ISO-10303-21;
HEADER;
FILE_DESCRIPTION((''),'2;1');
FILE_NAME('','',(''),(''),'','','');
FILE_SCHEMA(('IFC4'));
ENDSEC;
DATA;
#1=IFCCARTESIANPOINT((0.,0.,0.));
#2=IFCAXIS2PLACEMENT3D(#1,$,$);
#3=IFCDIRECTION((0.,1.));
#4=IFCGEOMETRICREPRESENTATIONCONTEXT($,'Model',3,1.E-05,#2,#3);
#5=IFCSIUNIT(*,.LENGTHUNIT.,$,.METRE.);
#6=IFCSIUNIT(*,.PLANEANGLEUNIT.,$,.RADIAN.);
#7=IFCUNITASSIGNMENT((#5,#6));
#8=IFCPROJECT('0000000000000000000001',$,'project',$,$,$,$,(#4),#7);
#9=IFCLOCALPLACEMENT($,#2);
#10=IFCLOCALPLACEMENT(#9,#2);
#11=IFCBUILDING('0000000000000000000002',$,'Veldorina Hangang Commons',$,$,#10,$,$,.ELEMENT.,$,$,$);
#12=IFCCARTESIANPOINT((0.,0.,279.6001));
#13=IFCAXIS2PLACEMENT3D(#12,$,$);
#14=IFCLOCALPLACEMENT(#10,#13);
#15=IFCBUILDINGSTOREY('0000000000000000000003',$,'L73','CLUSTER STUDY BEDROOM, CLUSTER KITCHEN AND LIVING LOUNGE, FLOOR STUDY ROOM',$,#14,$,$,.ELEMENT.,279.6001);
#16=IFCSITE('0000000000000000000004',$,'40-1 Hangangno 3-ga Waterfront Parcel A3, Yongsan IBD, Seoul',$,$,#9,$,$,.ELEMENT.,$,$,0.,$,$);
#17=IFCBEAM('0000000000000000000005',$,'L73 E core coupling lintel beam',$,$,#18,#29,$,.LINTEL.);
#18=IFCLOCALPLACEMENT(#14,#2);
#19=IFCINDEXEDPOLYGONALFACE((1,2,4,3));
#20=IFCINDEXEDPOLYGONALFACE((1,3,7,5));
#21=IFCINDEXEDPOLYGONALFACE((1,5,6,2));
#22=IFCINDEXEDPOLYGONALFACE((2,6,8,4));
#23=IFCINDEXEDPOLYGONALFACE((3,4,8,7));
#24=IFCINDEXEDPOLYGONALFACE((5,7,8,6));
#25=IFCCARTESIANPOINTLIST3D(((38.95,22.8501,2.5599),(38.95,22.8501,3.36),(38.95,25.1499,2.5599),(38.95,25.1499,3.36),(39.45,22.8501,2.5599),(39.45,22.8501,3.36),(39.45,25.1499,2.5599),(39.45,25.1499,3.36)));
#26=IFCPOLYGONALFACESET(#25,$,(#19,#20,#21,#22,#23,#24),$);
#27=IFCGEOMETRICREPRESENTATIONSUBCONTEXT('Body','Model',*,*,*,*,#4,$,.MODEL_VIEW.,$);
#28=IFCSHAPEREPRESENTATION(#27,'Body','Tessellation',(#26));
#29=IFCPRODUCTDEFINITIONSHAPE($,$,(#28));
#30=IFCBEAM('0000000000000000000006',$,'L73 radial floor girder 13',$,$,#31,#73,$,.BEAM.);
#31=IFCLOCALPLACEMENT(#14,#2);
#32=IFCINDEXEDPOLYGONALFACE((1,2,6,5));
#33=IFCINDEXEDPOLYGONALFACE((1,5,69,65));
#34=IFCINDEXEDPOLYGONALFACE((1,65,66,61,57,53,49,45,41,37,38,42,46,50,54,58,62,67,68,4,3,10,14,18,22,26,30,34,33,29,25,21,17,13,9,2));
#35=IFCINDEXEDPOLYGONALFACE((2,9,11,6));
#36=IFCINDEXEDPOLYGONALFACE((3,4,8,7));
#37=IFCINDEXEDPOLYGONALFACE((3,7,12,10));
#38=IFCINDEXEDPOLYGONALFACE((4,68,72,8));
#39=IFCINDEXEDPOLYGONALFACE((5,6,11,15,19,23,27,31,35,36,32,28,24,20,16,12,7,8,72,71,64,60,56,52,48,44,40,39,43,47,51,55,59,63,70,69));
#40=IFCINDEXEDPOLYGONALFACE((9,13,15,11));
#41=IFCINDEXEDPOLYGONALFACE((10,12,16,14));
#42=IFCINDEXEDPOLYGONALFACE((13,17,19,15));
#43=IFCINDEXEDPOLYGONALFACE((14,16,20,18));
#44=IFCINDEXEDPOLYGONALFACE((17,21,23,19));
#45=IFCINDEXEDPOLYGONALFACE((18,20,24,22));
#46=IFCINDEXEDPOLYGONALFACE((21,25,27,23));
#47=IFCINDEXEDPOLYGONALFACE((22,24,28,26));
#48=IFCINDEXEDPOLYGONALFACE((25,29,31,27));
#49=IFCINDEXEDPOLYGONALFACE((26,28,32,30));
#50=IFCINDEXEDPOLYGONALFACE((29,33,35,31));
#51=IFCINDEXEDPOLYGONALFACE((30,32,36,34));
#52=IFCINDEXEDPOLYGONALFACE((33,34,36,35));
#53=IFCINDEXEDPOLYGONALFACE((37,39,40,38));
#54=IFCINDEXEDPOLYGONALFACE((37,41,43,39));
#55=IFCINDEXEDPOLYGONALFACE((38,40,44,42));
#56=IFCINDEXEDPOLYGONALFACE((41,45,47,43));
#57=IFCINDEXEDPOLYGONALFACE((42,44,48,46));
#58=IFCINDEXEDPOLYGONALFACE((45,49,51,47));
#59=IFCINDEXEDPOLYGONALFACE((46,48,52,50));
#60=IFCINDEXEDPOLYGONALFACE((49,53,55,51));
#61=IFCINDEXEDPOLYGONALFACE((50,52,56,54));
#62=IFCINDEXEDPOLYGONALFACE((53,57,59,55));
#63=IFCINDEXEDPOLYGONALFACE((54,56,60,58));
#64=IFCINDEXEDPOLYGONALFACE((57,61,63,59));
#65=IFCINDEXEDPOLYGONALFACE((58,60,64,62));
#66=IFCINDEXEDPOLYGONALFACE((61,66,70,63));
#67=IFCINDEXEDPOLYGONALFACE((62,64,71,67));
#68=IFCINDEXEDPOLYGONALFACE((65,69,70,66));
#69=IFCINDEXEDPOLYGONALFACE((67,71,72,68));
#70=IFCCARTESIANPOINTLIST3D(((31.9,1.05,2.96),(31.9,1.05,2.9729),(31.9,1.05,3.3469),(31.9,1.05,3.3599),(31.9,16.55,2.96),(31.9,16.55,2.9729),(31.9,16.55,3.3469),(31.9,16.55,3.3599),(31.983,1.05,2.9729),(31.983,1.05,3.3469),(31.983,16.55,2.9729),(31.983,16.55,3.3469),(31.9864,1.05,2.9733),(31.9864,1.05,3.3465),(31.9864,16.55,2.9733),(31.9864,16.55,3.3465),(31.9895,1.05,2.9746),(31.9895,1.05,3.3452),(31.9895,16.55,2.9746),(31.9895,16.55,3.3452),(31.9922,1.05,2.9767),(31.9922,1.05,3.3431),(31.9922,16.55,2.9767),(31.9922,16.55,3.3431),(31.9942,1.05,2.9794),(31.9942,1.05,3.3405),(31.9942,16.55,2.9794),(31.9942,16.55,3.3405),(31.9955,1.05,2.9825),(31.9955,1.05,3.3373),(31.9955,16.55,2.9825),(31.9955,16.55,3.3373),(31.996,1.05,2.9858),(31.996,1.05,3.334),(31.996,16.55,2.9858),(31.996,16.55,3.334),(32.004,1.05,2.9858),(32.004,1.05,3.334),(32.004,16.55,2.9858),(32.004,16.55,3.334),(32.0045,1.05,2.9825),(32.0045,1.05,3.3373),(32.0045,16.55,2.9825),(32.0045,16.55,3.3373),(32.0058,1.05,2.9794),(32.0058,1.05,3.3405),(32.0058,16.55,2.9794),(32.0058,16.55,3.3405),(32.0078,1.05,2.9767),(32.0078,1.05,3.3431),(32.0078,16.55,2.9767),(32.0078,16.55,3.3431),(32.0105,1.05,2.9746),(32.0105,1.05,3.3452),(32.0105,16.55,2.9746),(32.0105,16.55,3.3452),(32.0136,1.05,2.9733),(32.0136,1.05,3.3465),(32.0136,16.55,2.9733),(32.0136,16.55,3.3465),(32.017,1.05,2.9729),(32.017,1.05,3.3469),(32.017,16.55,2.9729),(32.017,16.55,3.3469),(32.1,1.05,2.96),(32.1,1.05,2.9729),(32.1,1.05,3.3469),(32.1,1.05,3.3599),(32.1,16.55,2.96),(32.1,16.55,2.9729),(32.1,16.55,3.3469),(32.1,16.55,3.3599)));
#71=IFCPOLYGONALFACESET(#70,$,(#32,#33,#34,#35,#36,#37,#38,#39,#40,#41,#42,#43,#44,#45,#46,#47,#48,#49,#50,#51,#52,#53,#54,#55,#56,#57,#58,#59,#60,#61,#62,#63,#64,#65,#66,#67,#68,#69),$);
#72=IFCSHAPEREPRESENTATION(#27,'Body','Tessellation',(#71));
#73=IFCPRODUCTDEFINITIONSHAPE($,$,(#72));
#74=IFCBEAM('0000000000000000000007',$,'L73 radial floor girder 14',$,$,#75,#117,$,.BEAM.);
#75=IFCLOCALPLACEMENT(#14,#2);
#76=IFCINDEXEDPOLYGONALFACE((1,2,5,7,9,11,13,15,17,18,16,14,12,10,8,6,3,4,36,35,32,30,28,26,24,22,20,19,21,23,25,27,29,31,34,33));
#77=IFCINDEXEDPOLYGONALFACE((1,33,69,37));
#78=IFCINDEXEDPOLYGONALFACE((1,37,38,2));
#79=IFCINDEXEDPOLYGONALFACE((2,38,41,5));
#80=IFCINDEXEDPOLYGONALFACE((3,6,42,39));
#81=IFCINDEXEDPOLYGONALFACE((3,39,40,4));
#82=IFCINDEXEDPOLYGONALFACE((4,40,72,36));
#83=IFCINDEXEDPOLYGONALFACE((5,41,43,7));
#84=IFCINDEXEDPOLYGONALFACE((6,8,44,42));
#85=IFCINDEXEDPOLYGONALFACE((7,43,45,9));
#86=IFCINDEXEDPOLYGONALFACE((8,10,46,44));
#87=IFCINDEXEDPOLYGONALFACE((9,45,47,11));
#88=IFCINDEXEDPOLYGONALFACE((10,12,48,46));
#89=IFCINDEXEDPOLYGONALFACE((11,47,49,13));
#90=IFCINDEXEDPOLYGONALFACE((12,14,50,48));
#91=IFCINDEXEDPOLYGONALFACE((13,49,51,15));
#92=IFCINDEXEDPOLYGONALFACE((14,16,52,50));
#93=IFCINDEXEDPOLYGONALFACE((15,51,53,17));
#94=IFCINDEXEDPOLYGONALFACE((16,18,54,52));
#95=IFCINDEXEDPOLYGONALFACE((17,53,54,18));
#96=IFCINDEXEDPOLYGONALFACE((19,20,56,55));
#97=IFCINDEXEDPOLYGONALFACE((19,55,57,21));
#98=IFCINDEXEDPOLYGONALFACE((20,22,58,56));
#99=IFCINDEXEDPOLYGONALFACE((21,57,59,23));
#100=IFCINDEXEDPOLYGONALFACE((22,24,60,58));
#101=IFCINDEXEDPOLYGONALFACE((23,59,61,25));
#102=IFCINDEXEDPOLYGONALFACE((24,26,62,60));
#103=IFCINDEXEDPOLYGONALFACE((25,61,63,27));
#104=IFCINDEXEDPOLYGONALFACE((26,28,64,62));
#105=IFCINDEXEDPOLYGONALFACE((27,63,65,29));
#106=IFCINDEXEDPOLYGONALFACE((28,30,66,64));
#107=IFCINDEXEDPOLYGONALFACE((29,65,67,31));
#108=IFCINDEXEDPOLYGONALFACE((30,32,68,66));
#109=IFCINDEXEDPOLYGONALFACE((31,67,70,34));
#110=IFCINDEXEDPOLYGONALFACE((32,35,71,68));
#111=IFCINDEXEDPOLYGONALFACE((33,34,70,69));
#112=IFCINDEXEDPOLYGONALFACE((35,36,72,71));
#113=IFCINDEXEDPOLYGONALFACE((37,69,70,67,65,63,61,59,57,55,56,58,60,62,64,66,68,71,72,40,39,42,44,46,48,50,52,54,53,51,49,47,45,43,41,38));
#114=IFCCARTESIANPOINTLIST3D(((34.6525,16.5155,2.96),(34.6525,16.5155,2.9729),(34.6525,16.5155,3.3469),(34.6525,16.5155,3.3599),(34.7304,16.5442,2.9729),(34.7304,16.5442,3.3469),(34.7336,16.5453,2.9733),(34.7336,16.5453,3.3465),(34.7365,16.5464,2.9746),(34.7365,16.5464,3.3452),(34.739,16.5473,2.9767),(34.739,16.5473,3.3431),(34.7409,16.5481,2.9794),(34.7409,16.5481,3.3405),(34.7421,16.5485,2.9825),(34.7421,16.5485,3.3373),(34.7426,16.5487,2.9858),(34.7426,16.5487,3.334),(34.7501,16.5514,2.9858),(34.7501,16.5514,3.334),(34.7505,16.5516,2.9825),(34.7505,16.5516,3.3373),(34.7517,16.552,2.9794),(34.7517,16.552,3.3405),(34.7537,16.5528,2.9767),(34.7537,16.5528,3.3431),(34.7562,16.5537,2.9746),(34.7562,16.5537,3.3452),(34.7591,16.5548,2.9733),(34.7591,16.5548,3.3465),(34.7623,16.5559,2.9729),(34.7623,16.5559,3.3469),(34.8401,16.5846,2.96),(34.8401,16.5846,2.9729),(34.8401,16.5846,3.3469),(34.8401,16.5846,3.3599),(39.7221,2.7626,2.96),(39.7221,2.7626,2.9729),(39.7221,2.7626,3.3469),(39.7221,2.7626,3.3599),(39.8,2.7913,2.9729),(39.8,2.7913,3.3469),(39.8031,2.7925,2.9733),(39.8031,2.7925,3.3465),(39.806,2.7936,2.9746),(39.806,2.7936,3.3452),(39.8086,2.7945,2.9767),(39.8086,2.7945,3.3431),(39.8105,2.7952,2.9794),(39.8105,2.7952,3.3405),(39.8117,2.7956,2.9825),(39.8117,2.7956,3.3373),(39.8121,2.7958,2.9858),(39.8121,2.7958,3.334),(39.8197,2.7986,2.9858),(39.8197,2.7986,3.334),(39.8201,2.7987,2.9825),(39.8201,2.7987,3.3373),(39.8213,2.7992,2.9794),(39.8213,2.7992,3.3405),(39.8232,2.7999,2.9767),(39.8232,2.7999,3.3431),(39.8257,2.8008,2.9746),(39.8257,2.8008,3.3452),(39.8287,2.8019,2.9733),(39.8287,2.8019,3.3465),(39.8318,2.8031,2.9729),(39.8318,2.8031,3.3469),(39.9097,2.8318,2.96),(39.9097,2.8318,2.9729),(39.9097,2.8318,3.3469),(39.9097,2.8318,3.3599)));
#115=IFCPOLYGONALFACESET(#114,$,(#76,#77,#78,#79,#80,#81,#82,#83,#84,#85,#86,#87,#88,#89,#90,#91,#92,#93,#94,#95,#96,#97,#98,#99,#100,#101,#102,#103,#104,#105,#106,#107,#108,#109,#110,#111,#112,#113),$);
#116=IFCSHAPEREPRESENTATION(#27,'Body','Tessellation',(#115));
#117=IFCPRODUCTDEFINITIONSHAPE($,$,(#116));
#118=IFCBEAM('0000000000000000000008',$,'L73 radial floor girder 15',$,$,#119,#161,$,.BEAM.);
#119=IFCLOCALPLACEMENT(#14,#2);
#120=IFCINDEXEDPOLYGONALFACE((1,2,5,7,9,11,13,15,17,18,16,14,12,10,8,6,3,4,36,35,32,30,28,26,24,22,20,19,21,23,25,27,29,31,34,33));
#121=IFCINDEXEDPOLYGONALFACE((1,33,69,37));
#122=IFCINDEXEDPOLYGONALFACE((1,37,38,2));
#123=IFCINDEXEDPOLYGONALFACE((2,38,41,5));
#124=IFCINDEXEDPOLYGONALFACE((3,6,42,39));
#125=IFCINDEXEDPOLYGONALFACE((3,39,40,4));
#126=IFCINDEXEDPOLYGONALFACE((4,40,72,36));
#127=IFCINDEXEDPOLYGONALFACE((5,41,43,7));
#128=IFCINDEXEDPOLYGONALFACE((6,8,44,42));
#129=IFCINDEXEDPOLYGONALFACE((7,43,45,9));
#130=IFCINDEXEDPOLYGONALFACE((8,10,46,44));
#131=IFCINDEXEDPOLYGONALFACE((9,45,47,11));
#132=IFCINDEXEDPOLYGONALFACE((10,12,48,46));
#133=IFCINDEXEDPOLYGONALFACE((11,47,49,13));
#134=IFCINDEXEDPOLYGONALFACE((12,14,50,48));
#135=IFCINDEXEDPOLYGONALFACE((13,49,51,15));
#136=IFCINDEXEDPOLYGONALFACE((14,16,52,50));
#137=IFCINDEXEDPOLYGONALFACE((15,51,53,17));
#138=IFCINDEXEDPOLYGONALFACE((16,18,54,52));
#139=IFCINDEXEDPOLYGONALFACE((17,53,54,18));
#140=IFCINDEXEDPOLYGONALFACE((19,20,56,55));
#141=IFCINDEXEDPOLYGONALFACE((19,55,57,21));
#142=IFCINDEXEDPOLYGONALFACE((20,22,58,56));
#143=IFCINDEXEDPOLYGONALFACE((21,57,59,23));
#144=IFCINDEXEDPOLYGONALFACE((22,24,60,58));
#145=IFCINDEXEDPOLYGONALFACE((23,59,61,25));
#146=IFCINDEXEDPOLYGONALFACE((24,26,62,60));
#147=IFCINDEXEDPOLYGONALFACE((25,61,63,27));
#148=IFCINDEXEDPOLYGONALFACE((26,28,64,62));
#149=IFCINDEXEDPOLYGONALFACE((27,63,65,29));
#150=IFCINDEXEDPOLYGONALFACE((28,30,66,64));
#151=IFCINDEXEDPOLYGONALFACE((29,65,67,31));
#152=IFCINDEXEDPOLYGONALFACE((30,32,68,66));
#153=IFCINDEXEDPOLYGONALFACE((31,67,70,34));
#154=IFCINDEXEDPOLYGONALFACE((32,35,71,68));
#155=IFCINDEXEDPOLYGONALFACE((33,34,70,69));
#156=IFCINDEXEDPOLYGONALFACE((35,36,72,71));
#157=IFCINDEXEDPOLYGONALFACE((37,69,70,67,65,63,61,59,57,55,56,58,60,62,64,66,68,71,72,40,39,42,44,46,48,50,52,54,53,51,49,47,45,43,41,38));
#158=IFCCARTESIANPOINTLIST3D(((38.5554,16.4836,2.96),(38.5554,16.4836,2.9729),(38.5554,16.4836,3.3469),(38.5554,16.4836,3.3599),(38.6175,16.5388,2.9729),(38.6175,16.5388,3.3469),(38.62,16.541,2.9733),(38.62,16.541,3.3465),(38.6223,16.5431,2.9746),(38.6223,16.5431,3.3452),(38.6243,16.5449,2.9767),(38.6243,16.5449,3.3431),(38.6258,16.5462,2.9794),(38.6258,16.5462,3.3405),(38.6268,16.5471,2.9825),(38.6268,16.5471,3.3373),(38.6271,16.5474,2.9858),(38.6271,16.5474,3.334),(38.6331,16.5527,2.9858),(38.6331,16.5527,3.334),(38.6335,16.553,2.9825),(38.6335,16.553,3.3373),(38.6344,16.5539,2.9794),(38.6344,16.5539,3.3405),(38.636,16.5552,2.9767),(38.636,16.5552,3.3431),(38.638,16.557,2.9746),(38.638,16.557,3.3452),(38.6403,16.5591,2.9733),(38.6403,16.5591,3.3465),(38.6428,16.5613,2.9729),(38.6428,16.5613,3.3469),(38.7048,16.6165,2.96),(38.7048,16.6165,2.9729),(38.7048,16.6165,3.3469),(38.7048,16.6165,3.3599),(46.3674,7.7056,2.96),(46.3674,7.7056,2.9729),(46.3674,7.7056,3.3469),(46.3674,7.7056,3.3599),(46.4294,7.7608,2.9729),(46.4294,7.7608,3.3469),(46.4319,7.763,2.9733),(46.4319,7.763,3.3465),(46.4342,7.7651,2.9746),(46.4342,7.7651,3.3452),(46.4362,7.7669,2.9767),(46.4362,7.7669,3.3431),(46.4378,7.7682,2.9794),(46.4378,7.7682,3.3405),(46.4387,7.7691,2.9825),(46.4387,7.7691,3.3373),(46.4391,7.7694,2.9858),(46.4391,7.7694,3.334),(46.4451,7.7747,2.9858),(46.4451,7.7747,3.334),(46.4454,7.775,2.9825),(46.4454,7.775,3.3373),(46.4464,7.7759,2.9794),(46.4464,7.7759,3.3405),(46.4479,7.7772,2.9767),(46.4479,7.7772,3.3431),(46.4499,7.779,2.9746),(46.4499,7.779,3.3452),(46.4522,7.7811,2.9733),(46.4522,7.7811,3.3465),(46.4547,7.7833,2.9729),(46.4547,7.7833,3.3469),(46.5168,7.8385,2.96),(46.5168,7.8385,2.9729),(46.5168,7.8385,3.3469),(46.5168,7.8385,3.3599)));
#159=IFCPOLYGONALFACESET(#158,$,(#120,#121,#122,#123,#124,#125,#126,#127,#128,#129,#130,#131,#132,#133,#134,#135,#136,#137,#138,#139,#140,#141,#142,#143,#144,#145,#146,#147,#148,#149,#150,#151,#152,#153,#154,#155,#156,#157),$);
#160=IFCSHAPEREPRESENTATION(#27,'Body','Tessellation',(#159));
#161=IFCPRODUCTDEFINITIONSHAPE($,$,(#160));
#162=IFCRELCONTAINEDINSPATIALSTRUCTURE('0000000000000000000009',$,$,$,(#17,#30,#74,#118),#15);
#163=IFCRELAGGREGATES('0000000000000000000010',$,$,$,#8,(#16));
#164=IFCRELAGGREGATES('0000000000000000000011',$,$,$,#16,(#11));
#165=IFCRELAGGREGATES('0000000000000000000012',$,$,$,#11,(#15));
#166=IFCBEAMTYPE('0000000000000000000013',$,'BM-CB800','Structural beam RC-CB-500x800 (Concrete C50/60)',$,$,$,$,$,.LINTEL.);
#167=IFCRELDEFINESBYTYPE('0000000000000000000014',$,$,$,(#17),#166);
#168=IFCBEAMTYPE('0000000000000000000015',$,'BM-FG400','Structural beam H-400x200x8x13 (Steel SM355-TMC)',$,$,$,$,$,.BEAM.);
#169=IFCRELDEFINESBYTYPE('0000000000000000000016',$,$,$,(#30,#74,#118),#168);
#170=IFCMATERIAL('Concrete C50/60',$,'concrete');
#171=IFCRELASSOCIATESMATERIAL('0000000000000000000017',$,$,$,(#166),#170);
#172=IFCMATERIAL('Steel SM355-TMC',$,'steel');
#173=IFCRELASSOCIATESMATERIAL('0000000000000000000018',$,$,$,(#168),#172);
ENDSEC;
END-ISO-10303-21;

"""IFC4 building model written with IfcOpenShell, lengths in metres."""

from ifc_helpers import new_model, si_unit, direction, frame, origin, origin_2d, place, context, subcontext, project, spatial, rectangle, i_section, extrude, material, material_profile, profile_set, type_object, element, save


model = new_model("IFC4")

# Units and contexts
model_context = context("Model", 3, precision=1e-05, world=origin(), true_north=direction((0.0, 1.0)))
body_context = subcontext(model_context, "Body", "Model", "MODEL_VIEW")
ifc_project = project(units=[si_unit("LENGTHUNIT", "METRE"), si_unit("PLANEANGLEUNIT", "RADIAN")], contexts=[model_context])

# Site, building, storey
site_placement = place(None, origin())
site = spatial("IfcSite", under=ifc_project, at=site_placement, Name="40-1 Hangangno 3-ga Waterfront Parcel A3, Yongsan IBD, Seoul", CompositionType="ELEMENT", RefElevation=0.0)
building_placement = place(site_placement, origin())
building = spatial("IfcBuilding", under=site, at=building_placement, Name="Veldorina Hangang Commons", CompositionType="ELEMENT")
storey_placement = place(building_placement, frame((0.0, 0.0, 279.6001)))
storey = spatial("IfcBuildingStorey", under=building, at=storey_placement, Name="L73", Description="CLUSTER STUDY BEDROOM, CLUSTER KITCHEN AND LIVING LOUNGE, FLOOR STUDY ROOM", CompositionType="ELEMENT", Elevation=279.6001)

# Beams
ifc_material_1 = material(Name="Concrete C50/60", Category="concrete")
ifc_material_profile_1 = material_profile(ifc_material_1, rectangle(XDim=0.5, YDim=0.8, at=origin_2d()), Name="RC-CB-500x800")
ifc_profile_set_1 = profile_set([ifc_material_profile_1], Name="Concrete C50/60")
beam_type_1 = type_object("IfcBeamType", Name="BM-CB800", Description="Structural beam RC-CB-500x800 (Concrete C50/60)", PredefinedType="LINTEL", material=ifc_profile_set_1)
beam_1_placement = place(storey_placement, frame((39.2, 22.8501, 2.96), z_axis=(0.0, 1.0, 0.0), x_axis=(-1.0, 0.0, 0.0)))
element("IfcBeam", 1, at=beam_1_placement, inside=storey, type_object=beam_type_1, Name="L73 E core coupling lintel beam", PredefinedType="LINTEL", context=body_context, shape_type="SweptSolid", body=[
    extrude(rectangle(XDim=0.5, YDim=0.8, at=origin_2d()), origin(), (0.0, 0.0, 1.0), 2.2998),
])
ifc_material_2 = material(Name="Steel SM355-TMC", Category="steel")
ifc_material_profile_2 = material_profile(ifc_material_2, i_section(OverallWidth=0.2, OverallDepth=0.3999, WebThickness=0.0081, FlangeThickness=0.0129, FilletRadius=0.0129, at=origin_2d()), Name="H-400x200x8x13")
ifc_profile_set_2 = profile_set([ifc_material_profile_2], Name="Steel SM355-TMC")
beam_type_2 = type_object("IfcBeamType", Name="BM-FG400", Description="Structural beam H-400x200x8x13 (Steel SM355-TMC)", PredefinedType="BEAM", material=ifc_profile_set_2)
beam_2_placement = place(storey_placement, frame((32.0, 16.55, 3.1599), z_axis=(0.0, -1.0, 0.0), x_axis=(1.0, 0.0, 0.0)))
element("IfcBeam", 2, at=beam_2_placement, inside=storey, type_object=beam_type_2, Name="L73 radial floor girder 13", PredefinedType="BEAM", context=body_context, shape_type="SweptSolid", body=[
    extrude(i_section(OverallWidth=0.2, OverallDepth=0.3999, WebThickness=0.0081, FlangeThickness=0.0129, FilletRadius=0.0129, at=origin_2d()), origin(), (0.0, 0.0, 1.0), 15.5),
])
beam_3_placement = place(storey_placement, frame((34.7463, 16.55, 3.1599), z_axis=(0.345868, -0.938283, 0.0), x_axis=(0.938283, 0.345868, 0.0)))
element("IfcBeam", 3, at=beam_3_placement, inside=storey, type_object=beam_type_2, Name="L73 radial floor girder 14", PredefinedType="BEAM", context=body_context, shape_type="SweptSolid", body=[
    extrude(i_section(OverallWidth=0.2, OverallDepth=0.3999, WebThickness=0.0081, FlangeThickness=0.0129, FilletRadius=0.0129, at=origin_2d()), origin(), (0.0, 0.0, 1.0), 14.6575),
])
beam_4_placement = place(storey_placement, frame((38.6301, 16.55, 3.1599), z_axis=(0.664805, -0.747017, 0.0), x_axis=(0.747017, 0.664805, 0.0)))
element("IfcBeam", 4, at=beam_4_placement, inside=storey, type_object=beam_type_2, Name="L73 radial floor girder 15", PredefinedType="BEAM", context=body_context, shape_type="SweptSolid", body=[
    extrude(i_section(OverallWidth=0.2, OverallDepth=0.3999, WebThickness=0.0081, FlangeThickness=0.0129, FilletRadius=0.0129, at=origin_2d()), origin(), (0.0, 0.0, 1.0), 11.7507),
])

save(model, "model.ifc")
